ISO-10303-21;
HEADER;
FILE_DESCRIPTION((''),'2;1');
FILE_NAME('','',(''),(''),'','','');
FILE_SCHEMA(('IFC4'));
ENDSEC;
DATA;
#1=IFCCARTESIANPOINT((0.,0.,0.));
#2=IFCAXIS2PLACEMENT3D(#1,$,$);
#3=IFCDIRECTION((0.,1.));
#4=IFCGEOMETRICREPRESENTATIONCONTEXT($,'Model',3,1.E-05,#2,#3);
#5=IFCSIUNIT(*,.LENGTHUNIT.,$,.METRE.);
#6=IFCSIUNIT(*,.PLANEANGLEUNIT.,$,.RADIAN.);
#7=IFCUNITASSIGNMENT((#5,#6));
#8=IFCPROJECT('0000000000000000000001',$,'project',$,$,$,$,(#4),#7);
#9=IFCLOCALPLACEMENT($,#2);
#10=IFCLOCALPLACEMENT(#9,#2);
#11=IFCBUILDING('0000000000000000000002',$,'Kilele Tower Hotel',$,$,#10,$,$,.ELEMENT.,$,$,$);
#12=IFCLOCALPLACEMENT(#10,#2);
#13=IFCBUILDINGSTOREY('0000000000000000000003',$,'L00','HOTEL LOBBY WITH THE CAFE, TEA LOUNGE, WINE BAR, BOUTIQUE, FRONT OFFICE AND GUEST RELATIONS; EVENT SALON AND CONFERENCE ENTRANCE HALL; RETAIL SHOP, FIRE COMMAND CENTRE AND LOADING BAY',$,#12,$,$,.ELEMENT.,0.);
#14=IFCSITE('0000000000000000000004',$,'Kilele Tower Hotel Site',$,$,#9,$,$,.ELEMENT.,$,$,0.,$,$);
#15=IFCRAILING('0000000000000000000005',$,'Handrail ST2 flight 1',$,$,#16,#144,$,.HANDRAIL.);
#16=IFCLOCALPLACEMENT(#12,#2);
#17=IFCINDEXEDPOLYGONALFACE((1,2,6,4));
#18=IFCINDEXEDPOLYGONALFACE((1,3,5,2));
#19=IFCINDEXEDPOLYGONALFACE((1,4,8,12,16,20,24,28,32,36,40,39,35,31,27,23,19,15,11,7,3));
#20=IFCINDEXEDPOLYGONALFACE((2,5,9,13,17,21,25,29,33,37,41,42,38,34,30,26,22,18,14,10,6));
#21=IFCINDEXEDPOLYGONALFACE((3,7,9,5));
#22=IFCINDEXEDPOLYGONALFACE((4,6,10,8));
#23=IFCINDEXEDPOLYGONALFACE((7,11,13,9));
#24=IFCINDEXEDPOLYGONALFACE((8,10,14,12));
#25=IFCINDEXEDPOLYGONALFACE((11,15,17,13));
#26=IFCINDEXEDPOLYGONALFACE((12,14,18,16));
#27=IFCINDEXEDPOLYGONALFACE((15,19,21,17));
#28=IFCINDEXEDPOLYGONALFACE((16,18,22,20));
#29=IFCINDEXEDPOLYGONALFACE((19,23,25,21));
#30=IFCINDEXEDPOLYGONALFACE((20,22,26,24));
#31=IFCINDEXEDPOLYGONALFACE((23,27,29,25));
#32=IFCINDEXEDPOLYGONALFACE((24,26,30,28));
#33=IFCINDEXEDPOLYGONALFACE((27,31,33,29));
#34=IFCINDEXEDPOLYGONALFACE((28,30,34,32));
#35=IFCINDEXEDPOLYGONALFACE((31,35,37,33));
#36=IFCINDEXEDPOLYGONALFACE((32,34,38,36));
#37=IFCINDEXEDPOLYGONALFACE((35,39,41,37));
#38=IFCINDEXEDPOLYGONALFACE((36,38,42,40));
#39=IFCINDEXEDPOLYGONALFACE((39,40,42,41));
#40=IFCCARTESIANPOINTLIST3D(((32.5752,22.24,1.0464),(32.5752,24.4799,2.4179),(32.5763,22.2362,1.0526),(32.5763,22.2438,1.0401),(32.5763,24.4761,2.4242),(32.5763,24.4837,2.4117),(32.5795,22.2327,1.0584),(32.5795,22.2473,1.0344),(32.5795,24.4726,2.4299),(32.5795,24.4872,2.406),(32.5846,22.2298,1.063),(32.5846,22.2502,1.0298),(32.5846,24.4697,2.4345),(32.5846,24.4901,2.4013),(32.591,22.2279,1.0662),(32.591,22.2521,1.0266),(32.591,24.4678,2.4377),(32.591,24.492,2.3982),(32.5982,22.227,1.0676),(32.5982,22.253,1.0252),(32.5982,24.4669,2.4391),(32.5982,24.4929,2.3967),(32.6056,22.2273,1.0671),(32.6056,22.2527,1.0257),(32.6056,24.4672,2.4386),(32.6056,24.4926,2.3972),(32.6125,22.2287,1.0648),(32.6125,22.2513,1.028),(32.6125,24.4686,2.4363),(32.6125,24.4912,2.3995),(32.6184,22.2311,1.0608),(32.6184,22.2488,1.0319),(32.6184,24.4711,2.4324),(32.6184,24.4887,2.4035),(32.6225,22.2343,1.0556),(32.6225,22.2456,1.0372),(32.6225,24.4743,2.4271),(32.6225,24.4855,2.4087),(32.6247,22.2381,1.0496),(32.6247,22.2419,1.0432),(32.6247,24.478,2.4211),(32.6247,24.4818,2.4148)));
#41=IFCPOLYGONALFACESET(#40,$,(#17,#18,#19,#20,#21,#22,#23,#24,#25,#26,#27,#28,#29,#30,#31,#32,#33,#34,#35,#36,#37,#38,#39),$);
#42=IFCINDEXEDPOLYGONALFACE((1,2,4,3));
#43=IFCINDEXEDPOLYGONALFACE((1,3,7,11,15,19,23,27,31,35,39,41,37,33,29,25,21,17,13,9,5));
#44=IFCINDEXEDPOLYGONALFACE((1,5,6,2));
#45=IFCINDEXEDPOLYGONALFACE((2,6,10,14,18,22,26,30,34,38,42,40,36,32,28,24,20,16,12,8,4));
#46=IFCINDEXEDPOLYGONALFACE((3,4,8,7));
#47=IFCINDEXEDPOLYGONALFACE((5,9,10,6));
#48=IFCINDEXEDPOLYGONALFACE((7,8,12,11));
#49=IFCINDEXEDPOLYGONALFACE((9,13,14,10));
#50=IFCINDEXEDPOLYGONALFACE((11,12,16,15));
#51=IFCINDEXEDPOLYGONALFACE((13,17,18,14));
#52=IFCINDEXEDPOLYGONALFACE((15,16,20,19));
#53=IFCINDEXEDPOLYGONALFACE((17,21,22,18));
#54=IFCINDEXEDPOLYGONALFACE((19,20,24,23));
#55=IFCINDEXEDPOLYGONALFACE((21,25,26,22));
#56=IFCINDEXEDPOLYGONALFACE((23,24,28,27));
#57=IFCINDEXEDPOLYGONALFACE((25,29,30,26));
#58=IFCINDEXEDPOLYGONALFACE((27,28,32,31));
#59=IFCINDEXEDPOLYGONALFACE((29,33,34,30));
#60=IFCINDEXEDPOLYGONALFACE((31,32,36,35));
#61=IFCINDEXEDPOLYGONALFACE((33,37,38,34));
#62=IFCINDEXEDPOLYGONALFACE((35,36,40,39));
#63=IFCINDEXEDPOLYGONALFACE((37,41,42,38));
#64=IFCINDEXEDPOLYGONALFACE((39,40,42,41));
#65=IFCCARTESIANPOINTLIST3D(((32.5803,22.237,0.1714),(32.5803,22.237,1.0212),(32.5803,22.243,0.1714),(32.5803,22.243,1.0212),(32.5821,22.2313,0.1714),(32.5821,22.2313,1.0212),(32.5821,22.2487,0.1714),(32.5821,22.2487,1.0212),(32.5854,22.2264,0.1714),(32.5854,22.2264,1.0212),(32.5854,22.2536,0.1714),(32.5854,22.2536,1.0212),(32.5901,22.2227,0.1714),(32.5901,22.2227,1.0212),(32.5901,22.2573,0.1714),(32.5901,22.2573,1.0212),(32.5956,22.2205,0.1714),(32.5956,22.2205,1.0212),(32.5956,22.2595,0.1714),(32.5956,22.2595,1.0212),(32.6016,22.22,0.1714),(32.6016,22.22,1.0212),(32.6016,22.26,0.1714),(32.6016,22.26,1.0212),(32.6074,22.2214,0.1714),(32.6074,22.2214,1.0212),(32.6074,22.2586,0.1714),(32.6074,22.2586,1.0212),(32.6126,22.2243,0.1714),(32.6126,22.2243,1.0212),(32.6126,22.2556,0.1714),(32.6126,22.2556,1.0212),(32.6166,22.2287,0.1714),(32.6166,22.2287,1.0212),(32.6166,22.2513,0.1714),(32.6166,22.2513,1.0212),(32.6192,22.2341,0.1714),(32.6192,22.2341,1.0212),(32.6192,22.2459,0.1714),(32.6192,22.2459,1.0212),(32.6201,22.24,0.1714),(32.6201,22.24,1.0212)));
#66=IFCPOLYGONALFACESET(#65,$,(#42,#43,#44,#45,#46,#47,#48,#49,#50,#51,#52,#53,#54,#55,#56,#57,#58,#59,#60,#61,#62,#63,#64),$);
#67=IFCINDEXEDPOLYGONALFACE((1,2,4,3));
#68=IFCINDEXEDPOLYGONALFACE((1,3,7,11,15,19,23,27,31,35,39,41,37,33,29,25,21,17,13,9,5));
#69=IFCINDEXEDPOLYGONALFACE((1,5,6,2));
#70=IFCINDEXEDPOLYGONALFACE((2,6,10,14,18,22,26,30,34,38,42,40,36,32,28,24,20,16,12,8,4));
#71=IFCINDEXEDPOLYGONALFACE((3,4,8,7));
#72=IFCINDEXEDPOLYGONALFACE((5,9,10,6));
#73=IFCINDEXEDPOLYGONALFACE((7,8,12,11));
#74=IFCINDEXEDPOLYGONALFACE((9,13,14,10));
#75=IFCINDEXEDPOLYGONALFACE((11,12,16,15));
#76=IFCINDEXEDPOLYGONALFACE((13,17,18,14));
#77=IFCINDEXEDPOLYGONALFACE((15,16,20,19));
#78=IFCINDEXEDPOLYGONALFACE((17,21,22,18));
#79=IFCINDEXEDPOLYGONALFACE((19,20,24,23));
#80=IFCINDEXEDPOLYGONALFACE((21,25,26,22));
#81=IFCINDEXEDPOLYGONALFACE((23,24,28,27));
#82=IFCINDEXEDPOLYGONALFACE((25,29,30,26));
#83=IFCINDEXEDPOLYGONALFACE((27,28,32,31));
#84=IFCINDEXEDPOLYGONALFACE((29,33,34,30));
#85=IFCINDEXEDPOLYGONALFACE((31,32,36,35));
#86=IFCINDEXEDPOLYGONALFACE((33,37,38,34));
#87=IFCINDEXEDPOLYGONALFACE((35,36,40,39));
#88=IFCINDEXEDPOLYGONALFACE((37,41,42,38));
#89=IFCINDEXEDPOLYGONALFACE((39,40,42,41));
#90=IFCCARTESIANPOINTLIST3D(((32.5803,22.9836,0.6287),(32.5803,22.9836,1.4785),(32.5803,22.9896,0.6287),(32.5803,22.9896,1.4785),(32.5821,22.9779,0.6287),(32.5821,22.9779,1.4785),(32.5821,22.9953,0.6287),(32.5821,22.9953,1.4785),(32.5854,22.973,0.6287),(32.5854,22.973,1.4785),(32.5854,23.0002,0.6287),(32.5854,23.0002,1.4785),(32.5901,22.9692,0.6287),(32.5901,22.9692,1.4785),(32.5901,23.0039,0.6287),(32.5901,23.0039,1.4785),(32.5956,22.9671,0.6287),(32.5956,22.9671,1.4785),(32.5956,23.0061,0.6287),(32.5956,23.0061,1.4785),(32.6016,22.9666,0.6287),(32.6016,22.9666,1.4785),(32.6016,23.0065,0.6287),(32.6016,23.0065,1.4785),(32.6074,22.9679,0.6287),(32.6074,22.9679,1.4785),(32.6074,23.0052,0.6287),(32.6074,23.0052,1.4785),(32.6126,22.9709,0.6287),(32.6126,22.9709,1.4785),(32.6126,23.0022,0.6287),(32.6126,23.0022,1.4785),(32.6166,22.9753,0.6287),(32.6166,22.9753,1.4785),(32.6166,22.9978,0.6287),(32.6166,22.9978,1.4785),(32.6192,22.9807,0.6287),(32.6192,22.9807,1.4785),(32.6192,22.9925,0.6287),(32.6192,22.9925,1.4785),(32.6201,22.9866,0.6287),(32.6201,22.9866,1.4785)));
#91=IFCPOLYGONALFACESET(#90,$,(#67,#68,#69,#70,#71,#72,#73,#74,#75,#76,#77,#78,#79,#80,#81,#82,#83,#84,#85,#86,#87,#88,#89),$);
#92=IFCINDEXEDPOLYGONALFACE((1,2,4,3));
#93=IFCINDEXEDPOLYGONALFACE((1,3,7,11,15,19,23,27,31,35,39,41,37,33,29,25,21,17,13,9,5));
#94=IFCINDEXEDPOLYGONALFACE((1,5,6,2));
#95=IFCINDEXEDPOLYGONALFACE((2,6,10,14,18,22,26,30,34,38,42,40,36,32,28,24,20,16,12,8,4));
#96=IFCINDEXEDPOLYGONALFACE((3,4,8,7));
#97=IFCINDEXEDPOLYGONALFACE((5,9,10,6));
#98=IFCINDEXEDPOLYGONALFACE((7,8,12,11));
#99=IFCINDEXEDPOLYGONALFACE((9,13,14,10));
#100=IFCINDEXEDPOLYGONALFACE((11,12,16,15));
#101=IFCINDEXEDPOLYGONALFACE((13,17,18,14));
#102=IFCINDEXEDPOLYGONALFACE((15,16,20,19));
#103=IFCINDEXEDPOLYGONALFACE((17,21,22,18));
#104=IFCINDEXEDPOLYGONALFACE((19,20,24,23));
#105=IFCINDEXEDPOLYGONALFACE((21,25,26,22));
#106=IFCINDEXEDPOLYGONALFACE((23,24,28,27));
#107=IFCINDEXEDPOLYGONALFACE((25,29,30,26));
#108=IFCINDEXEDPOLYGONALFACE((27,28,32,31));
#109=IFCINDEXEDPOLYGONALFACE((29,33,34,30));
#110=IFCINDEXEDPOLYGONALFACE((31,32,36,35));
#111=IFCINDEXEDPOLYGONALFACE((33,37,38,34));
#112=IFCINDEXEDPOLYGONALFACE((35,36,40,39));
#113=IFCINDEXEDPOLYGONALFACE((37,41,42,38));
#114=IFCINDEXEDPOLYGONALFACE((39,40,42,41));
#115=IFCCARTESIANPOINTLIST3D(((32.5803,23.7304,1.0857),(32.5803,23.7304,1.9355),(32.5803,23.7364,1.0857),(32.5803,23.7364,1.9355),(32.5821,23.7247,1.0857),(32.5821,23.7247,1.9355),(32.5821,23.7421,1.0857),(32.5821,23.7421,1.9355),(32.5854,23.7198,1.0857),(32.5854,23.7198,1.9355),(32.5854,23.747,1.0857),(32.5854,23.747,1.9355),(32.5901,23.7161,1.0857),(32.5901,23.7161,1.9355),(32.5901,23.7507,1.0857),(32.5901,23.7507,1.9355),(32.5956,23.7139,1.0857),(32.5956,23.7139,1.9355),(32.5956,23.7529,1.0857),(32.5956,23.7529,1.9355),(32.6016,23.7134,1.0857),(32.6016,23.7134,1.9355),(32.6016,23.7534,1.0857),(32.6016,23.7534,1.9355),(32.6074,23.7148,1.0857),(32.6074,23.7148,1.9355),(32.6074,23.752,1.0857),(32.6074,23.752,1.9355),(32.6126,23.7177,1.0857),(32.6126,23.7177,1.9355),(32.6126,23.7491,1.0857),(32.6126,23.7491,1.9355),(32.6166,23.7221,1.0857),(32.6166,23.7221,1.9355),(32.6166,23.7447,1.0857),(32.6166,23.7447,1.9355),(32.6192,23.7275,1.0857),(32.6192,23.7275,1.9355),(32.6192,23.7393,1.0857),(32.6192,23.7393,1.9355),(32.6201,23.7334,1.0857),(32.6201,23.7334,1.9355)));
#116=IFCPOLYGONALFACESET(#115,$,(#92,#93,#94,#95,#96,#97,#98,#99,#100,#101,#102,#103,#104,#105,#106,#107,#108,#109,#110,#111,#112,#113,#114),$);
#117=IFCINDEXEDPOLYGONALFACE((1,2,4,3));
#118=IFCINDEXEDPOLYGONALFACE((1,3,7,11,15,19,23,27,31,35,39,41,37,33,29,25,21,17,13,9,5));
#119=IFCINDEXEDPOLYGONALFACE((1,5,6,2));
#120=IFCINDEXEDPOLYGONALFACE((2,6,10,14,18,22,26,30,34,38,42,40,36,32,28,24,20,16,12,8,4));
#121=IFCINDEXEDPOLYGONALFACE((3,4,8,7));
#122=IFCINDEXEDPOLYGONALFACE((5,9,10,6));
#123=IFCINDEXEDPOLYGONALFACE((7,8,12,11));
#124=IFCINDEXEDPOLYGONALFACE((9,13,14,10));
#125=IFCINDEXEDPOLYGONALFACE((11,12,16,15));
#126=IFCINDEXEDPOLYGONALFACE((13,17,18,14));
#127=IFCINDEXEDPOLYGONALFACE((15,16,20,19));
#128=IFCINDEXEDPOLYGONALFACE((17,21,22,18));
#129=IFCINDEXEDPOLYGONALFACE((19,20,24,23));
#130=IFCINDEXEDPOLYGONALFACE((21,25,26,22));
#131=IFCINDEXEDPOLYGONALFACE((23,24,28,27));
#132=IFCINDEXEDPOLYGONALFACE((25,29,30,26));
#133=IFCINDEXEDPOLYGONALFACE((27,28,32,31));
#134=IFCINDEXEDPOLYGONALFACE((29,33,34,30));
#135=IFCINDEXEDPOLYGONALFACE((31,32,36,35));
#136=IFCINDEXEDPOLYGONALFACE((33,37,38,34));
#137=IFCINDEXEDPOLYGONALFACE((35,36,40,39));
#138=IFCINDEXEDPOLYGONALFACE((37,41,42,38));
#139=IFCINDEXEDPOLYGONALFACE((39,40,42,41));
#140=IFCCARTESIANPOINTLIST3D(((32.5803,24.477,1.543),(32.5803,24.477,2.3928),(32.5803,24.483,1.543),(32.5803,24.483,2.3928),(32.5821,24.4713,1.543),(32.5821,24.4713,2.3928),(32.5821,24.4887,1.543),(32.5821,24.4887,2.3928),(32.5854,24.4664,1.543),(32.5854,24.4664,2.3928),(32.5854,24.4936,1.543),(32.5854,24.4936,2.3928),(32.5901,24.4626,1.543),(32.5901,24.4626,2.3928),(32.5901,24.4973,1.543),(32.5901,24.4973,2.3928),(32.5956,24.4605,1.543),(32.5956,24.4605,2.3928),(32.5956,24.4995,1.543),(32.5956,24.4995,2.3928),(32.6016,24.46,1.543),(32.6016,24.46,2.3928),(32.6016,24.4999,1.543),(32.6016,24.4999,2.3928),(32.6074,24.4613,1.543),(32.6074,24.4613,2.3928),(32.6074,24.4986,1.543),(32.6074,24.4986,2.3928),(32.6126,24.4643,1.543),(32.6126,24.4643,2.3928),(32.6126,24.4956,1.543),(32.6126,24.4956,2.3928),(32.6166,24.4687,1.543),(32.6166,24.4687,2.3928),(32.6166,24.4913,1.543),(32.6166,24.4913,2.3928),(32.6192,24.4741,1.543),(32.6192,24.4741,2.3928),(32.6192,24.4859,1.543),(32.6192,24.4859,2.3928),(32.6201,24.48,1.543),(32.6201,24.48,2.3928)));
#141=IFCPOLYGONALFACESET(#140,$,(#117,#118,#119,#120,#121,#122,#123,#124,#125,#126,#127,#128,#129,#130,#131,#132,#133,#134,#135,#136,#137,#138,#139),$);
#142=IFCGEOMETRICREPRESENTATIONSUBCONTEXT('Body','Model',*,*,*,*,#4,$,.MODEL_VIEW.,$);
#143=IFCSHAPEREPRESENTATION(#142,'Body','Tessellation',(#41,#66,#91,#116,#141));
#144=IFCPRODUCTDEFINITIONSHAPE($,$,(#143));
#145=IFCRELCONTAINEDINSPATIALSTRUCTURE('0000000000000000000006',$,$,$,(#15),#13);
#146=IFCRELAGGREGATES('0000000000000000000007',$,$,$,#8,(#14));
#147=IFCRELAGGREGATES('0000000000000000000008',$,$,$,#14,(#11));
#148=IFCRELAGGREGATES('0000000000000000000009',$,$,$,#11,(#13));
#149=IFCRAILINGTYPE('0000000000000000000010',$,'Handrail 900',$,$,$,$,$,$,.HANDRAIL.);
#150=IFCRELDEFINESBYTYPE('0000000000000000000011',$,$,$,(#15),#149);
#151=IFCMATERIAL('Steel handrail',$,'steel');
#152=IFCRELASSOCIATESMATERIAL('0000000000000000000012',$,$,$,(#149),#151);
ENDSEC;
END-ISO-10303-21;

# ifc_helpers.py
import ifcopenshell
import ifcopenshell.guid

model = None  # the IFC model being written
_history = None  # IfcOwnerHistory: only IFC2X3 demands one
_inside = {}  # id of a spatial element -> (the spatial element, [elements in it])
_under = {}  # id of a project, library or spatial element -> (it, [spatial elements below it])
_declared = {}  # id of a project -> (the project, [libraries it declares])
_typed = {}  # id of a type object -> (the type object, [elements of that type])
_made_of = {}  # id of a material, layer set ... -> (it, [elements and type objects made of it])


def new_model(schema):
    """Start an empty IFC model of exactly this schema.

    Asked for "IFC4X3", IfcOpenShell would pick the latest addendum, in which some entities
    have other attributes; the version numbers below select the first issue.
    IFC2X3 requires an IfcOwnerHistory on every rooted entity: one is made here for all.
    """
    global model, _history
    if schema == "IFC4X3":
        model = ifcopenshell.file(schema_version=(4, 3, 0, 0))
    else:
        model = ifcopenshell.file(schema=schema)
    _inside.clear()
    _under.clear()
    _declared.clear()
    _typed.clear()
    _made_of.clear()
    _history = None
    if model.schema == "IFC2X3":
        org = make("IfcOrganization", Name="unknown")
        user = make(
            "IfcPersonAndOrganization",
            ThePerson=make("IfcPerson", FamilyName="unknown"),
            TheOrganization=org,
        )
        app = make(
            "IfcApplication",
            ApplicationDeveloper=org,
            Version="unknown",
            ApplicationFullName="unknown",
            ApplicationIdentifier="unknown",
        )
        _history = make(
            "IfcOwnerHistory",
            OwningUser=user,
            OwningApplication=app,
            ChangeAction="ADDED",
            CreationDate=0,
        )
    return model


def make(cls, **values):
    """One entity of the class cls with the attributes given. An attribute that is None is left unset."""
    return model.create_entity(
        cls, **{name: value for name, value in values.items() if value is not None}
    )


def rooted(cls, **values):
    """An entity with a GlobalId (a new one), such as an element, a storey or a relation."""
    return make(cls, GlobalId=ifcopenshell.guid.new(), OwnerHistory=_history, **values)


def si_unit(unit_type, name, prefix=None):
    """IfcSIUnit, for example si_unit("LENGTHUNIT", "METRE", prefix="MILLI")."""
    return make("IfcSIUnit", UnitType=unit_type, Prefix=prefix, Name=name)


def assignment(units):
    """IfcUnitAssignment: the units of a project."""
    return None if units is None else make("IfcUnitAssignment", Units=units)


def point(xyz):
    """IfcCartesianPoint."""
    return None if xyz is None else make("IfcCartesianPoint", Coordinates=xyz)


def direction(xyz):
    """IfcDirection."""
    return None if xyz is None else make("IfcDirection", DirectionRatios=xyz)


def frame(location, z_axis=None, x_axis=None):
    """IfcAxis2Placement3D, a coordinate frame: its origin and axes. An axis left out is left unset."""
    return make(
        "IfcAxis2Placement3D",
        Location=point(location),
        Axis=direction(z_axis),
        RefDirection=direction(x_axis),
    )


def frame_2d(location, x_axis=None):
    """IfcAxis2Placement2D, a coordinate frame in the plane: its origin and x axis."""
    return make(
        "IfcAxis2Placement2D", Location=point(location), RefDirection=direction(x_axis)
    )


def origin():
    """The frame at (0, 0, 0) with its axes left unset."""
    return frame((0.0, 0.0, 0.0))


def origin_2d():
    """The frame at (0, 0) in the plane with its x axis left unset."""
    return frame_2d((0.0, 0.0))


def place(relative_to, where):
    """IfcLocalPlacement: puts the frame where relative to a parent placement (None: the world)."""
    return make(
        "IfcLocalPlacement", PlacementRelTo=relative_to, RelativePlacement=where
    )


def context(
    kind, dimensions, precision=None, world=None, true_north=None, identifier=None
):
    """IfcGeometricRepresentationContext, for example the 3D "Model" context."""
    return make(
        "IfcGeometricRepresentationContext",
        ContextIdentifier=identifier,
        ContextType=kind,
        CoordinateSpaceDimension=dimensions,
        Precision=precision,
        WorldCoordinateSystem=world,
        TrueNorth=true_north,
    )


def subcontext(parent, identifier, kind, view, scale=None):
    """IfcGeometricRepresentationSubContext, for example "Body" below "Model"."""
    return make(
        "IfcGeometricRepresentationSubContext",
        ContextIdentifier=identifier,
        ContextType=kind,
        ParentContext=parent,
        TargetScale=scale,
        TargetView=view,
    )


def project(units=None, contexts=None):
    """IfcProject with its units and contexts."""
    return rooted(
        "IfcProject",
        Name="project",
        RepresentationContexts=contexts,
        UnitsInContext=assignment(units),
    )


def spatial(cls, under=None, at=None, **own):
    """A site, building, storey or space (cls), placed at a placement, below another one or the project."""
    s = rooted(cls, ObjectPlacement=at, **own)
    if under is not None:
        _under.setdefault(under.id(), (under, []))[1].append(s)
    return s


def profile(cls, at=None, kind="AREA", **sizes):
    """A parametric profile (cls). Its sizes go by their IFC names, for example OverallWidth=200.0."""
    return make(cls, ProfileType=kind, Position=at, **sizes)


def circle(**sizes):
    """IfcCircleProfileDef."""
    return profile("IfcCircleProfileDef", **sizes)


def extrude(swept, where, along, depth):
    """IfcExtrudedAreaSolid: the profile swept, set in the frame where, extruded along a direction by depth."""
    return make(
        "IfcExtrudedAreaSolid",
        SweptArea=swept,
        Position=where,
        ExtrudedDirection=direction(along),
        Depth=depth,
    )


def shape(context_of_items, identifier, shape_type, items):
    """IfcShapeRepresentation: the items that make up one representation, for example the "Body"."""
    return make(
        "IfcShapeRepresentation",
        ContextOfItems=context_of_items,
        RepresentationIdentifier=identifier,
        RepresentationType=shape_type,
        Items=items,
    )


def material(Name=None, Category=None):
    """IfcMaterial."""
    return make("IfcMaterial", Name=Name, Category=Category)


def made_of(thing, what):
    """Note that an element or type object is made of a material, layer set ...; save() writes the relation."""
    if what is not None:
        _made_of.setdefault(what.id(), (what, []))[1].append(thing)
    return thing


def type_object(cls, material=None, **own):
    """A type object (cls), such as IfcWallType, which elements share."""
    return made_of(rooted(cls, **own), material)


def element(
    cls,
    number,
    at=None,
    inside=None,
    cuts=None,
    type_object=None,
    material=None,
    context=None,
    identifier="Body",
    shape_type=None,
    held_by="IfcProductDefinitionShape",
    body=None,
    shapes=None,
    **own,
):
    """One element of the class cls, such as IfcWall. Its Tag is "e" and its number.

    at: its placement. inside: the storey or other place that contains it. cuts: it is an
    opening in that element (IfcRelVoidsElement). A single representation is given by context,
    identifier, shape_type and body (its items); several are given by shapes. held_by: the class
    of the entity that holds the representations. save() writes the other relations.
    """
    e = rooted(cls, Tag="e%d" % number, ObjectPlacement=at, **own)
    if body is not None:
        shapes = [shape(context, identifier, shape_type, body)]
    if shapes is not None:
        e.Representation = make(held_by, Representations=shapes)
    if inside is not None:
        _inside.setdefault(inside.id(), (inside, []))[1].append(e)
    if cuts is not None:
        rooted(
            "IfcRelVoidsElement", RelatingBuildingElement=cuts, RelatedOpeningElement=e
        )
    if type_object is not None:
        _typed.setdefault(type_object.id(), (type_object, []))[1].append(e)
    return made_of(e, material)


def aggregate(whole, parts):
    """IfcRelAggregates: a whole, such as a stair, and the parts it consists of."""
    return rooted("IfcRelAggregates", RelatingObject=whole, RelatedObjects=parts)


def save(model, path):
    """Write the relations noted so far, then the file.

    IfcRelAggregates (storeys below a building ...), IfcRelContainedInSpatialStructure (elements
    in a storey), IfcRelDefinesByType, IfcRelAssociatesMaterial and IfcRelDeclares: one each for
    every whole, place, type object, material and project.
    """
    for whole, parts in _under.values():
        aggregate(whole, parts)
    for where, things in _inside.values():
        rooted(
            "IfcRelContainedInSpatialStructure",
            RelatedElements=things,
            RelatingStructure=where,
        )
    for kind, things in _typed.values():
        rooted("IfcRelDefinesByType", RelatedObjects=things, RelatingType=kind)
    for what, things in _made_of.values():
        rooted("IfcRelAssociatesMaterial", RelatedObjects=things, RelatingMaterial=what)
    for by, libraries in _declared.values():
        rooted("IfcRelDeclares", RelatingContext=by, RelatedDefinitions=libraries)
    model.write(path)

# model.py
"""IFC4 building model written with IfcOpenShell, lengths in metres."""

from ifc_helpers import new_model, si_unit, direction, frame, origin, origin_2d, place, context, subcontext, project, spatial, circle, extrude, material, type_object, element, save


model = new_model("IFC4")

# Units and contexts
model_context = context("Model", 3, precision=1e-05, world=origin(), true_north=direction((0.0, 1.0)))
body_context = subcontext(model_context, "Body", "Model", "MODEL_VIEW")
ifc_project = project(units=[si_unit("LENGTHUNIT", "METRE"), si_unit("PLANEANGLEUNIT", "RADIAN")], contexts=[model_context])

# Site, building, storey
site_placement = place(None, origin())
site = spatial("IfcSite", under=ifc_project, at=site_placement, Name="Kilele Tower Hotel Site", CompositionType="ELEMENT", RefElevation=0.0)
building_placement = place(site_placement, origin())
building = spatial("IfcBuilding", under=site, at=building_placement, Name="Kilele Tower Hotel", CompositionType="ELEMENT")
storey_placement = place(building_placement, origin())
storey = spatial("IfcBuildingStorey", under=building, at=storey_placement, Name="L00", Description="HOTEL LOBBY WITH THE CAFE, TEA LOUNGE, WINE BAR, BOUTIQUE, FRONT OFFICE AND GUEST RELATIONS; EVENT SALON AND CONFERENCE ENTRANCE HALL; RETAIL SHOP, FIRE COMMAND CENTRE AND LOADING BAY", CompositionType="ELEMENT", Elevation=0.0)

# Railing
ifc_material_1 = material(Name="Steel handrail", Category="steel")
railing_type_1 = type_object("IfcRailingType", Name="Handrail 900", PredefinedType="HANDRAIL", material=ifc_material_1)
railing_1_placement = place(storey_placement, frame((32.6001, 22.24, 0.1714)))
element("IfcRailing", 1, at=railing_1_placement, inside=storey, type_object=railing_type_1, Name="Handrail ST2 flight 1", PredefinedType="HANDRAIL", context=body_context, shape_type="SweptSolid", body=[
    extrude(circle(Radius=0.0249, at=origin_2d()), frame((0.0, 0.0, 0.875), z_axis=(0.0, 0.852824, 0.522198), x_axis=(-1.0, 0.0, 0.0)), (0.0, 0.0, 1.0), 2.6265),
    extrude(circle(Radius=0.02, at=origin_2d()), origin(), (0.0, 0.0, 1.0), 0.8499),
    extrude(circle(Radius=0.02, at=origin_2d()), frame((0.0, 0.7466, 0.4573)), (0.0, 0.0, 1.0), 0.8499),
    extrude(circle(Radius=0.02, at=origin_2d()), frame((0.0, 1.4934, 0.9143)), (0.0, 0.0, 1.0), 0.8499),
    extrude(circle(Radius=0.02, at=origin_2d()), frame((0.0, 2.24, 1.3716)), (0.0, 0.0, 1.0), 0.8499),
])

save(model, "model.ifc")
